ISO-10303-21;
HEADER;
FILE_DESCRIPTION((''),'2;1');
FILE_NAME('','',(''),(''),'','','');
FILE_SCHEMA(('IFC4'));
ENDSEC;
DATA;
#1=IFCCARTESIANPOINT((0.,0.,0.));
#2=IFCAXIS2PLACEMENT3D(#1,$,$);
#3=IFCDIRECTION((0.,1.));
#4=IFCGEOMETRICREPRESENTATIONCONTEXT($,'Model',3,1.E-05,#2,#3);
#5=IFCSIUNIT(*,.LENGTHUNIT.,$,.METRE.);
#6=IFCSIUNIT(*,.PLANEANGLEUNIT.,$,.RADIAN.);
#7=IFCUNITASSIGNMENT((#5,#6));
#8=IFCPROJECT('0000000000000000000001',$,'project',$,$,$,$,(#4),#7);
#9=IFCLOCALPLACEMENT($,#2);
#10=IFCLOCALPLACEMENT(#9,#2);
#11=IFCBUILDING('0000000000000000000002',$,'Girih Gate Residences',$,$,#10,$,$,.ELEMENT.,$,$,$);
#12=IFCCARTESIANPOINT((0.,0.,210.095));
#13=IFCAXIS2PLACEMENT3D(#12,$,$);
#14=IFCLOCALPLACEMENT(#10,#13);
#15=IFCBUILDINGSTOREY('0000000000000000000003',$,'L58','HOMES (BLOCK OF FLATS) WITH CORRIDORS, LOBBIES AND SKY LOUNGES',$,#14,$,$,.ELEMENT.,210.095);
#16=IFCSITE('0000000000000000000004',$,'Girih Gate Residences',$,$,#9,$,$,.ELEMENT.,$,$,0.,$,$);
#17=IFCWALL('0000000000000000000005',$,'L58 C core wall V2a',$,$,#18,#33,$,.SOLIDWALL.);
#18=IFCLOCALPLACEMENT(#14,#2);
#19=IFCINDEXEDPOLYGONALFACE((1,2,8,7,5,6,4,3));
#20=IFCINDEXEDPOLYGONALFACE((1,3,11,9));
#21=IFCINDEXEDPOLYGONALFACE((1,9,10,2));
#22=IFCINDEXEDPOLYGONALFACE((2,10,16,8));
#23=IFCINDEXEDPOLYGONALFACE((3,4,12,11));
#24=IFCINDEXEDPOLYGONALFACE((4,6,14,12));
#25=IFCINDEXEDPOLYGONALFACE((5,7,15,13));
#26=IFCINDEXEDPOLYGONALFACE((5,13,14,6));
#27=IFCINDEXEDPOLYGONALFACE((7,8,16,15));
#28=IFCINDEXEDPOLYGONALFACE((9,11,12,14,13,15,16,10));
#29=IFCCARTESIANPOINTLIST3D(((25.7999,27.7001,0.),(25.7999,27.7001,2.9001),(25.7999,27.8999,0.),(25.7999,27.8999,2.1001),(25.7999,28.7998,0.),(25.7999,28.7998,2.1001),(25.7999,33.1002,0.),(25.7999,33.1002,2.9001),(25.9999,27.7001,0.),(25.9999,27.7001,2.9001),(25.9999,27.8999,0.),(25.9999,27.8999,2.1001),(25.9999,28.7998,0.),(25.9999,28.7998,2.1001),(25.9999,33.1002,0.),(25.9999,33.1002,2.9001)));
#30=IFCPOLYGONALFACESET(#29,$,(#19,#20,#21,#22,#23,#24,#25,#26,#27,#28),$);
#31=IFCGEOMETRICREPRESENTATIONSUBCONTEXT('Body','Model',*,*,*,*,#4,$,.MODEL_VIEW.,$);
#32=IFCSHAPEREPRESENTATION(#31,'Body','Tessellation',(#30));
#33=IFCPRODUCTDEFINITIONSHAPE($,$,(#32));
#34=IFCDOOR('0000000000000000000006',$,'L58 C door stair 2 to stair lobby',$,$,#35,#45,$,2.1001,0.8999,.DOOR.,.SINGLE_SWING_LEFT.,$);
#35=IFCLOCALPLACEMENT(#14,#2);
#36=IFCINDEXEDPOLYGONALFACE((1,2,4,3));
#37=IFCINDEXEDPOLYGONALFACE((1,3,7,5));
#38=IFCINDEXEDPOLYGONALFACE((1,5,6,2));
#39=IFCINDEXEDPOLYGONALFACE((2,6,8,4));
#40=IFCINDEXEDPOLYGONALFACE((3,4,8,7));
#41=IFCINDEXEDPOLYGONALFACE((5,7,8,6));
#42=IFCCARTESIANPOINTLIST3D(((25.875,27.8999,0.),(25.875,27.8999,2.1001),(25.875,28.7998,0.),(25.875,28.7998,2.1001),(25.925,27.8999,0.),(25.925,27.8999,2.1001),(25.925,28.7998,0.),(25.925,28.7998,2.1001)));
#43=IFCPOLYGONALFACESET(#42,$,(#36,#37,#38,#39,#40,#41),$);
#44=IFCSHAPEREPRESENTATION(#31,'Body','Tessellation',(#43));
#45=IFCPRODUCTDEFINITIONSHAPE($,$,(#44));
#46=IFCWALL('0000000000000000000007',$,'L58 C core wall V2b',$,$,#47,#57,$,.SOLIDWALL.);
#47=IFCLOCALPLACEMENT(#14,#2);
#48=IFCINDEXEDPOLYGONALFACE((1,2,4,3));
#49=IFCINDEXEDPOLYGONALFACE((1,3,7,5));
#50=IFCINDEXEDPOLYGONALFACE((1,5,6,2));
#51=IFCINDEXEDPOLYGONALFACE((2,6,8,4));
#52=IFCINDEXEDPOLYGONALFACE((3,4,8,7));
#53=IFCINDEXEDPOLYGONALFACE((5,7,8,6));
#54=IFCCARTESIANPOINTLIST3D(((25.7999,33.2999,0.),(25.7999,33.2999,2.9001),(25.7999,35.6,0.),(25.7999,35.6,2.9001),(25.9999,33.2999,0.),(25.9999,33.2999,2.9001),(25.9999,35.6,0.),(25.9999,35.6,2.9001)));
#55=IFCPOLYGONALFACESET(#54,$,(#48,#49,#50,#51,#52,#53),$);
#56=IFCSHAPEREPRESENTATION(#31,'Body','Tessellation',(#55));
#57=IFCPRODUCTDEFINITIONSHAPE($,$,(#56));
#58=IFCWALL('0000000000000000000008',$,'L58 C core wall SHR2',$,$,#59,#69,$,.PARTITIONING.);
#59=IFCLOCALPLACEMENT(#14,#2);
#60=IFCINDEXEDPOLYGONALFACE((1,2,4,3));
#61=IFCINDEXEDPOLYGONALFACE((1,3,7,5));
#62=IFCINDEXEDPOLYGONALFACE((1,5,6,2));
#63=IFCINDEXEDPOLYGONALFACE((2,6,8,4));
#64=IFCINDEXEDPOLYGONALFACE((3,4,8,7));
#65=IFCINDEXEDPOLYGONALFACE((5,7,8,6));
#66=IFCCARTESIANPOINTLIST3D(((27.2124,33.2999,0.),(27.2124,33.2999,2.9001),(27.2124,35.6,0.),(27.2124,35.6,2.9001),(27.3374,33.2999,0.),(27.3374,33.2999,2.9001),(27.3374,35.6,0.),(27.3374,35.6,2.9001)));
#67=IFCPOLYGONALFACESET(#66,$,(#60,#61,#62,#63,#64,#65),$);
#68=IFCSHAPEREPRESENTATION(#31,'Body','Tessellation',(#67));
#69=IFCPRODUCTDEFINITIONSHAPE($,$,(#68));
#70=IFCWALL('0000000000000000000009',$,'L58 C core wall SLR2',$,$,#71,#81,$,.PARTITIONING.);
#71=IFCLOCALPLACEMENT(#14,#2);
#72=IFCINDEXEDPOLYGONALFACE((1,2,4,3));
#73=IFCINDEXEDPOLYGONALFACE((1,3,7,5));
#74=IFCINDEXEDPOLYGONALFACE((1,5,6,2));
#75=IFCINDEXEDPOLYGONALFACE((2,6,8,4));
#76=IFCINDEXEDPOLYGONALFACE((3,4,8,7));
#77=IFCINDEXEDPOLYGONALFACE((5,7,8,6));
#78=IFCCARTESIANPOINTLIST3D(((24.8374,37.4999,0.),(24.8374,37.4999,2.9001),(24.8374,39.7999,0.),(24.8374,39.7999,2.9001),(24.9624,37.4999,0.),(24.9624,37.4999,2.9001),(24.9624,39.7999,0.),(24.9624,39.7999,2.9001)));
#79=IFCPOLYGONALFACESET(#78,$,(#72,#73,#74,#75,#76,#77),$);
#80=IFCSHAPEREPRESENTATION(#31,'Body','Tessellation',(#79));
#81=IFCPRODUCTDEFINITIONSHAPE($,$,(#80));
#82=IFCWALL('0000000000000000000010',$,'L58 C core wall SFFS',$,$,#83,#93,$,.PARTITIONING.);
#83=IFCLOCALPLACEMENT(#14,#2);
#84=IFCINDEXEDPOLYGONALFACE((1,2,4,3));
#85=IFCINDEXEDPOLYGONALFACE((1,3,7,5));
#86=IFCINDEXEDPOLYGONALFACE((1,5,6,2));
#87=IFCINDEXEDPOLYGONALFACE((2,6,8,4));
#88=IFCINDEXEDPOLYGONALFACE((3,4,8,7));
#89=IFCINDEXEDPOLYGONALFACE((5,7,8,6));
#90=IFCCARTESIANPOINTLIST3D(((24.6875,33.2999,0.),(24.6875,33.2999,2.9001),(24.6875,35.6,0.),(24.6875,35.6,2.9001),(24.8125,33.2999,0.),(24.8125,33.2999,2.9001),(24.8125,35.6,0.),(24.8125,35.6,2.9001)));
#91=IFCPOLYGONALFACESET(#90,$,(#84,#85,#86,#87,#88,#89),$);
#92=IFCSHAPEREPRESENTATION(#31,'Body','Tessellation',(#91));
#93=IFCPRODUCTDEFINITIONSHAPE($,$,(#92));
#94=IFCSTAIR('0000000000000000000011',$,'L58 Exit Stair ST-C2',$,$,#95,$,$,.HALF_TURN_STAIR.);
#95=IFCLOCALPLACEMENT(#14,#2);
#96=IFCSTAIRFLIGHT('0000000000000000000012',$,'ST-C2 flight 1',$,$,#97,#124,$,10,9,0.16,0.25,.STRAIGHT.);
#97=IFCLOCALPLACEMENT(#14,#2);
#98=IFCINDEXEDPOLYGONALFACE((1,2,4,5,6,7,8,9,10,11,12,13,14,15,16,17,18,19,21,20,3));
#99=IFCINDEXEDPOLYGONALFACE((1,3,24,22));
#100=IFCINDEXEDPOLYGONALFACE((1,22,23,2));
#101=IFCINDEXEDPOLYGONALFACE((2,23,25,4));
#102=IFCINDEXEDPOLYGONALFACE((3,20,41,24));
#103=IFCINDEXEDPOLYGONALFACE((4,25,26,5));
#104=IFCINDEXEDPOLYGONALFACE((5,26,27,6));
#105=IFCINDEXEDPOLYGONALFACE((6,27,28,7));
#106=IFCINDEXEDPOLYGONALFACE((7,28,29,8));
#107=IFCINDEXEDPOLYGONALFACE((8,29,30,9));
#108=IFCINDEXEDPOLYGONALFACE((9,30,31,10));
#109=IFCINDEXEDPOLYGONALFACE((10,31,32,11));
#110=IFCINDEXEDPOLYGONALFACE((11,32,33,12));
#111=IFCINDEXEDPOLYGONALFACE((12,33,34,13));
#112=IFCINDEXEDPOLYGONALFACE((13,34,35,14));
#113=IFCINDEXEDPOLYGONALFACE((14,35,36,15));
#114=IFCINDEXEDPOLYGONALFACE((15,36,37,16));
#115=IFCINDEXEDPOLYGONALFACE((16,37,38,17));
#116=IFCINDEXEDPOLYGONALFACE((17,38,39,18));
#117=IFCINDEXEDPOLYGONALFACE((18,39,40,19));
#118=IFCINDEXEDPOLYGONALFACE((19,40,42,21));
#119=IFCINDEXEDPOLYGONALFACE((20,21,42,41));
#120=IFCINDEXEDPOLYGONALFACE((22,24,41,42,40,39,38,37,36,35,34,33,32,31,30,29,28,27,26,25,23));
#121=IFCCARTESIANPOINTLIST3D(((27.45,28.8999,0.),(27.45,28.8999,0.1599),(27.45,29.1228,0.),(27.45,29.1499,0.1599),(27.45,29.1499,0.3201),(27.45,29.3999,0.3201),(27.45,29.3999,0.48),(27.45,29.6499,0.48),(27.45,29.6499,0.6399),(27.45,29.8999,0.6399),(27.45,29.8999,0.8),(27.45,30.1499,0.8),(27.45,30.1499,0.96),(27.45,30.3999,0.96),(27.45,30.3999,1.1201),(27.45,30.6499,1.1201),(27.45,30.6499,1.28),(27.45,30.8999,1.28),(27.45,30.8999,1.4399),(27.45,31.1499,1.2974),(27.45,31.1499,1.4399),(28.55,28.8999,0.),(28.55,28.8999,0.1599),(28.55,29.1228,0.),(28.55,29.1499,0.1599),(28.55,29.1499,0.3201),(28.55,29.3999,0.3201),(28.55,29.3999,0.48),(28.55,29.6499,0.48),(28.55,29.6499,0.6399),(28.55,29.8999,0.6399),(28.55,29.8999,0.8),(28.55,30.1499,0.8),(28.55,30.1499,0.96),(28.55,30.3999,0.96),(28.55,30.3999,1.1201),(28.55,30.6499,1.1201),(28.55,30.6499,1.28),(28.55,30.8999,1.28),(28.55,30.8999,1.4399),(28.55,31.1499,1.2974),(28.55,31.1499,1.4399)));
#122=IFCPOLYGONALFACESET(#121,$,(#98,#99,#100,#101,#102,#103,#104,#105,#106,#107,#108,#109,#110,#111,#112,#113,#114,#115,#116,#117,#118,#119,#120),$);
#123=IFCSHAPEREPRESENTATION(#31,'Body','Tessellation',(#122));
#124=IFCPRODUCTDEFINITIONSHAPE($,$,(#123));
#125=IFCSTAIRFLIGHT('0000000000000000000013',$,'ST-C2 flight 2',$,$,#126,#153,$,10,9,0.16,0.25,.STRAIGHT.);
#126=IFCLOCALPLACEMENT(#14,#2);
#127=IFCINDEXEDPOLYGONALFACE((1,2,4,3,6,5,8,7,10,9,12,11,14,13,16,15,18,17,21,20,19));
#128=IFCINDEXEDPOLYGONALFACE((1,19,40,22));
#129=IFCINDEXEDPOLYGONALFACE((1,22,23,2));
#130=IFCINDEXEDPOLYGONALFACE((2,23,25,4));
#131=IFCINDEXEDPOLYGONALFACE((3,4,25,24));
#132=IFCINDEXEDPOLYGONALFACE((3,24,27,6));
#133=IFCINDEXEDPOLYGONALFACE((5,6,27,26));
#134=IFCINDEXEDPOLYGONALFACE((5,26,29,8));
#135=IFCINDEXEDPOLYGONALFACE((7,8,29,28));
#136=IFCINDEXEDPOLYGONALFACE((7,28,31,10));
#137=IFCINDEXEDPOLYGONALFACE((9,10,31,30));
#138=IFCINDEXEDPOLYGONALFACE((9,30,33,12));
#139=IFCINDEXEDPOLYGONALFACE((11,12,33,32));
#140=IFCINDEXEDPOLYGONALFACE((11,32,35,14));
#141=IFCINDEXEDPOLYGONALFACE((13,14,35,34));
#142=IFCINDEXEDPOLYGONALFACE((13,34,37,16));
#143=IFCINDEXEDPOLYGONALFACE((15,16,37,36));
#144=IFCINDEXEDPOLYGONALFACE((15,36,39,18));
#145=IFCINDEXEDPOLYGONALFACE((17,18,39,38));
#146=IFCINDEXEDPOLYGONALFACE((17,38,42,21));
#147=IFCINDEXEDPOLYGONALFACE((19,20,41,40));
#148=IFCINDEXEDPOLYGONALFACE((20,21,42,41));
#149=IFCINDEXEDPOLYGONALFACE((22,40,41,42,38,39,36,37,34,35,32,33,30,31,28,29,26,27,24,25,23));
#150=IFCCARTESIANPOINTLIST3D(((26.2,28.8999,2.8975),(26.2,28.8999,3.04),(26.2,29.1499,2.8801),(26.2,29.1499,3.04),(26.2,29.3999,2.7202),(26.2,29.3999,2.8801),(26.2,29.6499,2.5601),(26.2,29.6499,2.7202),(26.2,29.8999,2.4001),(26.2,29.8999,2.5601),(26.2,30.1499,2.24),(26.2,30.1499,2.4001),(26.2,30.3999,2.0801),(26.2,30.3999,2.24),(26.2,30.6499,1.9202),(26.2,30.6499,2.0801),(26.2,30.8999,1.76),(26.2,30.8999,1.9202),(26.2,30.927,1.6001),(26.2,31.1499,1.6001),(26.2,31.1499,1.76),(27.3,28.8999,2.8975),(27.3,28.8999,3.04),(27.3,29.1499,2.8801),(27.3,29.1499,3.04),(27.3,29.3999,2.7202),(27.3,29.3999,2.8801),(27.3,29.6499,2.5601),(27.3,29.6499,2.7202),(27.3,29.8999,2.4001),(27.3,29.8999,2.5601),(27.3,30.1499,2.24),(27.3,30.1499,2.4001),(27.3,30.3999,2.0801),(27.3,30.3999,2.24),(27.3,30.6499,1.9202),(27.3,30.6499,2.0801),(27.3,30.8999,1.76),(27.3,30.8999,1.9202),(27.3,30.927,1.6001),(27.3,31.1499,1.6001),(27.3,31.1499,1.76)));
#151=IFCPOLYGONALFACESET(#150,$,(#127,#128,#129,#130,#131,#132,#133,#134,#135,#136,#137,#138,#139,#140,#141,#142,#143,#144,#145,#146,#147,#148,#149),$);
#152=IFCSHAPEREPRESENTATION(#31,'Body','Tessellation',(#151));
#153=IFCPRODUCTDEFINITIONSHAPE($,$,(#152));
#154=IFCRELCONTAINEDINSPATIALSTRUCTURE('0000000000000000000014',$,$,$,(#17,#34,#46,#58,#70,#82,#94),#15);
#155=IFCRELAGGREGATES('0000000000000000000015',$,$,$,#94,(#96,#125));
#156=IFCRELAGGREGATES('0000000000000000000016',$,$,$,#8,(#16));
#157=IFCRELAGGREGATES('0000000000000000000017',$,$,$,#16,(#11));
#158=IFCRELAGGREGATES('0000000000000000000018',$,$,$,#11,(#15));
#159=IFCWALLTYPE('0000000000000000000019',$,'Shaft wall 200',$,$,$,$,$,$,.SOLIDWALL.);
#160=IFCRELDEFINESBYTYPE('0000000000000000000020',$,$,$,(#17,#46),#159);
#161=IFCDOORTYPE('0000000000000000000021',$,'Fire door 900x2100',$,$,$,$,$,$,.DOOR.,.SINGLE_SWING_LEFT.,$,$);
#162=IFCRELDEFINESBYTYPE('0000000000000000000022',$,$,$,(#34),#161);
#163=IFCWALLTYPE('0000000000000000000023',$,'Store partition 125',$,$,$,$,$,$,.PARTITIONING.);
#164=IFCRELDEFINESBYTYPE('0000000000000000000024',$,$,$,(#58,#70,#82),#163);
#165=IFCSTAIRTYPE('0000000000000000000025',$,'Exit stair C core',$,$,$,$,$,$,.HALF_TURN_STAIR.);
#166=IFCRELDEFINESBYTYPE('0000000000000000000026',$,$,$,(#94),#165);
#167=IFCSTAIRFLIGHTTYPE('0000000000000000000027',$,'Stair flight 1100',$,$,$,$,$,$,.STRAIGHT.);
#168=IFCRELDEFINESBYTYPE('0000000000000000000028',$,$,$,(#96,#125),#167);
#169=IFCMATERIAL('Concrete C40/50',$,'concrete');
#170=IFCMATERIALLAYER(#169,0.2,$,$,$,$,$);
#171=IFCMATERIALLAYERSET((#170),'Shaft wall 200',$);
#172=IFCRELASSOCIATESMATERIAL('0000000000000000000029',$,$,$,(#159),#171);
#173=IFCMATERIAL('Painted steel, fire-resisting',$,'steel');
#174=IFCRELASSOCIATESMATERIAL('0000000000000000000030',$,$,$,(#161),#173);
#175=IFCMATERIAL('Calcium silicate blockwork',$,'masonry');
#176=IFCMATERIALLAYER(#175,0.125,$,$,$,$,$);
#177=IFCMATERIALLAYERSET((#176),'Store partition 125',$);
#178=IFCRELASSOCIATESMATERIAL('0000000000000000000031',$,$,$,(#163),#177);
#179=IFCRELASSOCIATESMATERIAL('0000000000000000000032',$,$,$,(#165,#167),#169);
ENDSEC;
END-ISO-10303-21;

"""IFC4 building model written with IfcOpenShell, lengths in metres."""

from ifc_helpers import new_model, si_unit, direction, frame, frame_2d, origin, place, context, subcontext, project, spatial, polyline, rectangle, outline, extrude, material, layer, layer_set, type_object, element, fill, aggregate, save


model = new_model("IFC4")

# Units and contexts
model_context = context("Model", 3, precision=1e-05, world=origin(), true_north=direction((0.0, 1.0)))
body_context = subcontext(model_context, "Body", "Model", "MODEL_VIEW")
ifc_project = project(units=[si_unit("LENGTHUNIT", "METRE"), si_unit("PLANEANGLEUNIT", "RADIAN")], contexts=[model_context])

# Site, building, storey
site_placement = place(None, origin())
site = spatial("IfcSite", under=ifc_project, at=site_placement, Name="Girih Gate Residences", CompositionType="ELEMENT", RefElevation=0.0)
building_placement = place(site_placement, origin())
building = spatial("IfcBuilding", under=site, at=building_placement, Name="Girih Gate Residences", CompositionType="ELEMENT")
storey_placement = place(building_placement, frame((0.0, 0.0, 210.095)))
storey = spatial("IfcBuildingStorey", under=building, at=storey_placement, Name="L58", Description="HOMES (BLOCK OF FLATS) WITH CORRIDORS, LOBBIES AND SKY LOUNGES", CompositionType="ELEMENT", Elevation=210.095)

# Shared definitions
ifc_material_1 = material(Name="Concrete C40/50", Category="concrete")

# Wall, opening, door
ifc_layer_1 = layer(ifc_material_1, 0.2)
ifc_layer_set_1 = layer_set([ifc_layer_1], Name="Shaft wall 200")
wall_type_1 = type_object("IfcWallType", Name="Shaft wall 200", PredefinedType="SOLIDWALL", material=ifc_layer_set_1)
wall_1_placement = place(storey_placement, frame((25.8999, 27.7, 0.0), z_axis=(0.0, 0.0, 1.0), x_axis=(0.0, 1.0, 0.0)))
wall_1 = element("IfcWall", 1, at=wall_1_placement, inside=storey, type_object=wall_type_1, Name="L58 C core wall V2a", PredefinedType="SOLIDWALL", context=body_context, shape_type="SweptSolid", body=[
    extrude(rectangle(XDim=5.4001, YDim=0.2, at=frame_2d((2.7002, 0.0))), origin(), (0.0, 0.0, 1.0), 2.9001),
])
opening_1_placement = place(wall_1_placement, frame((0.2, 0.0, 0.0)))
opening_1 = element("IfcOpeningElement", 2, at=opening_1_placement, cuts=wall_1, PredefinedType="OPENING", context=body_context, shape_type="SweptSolid", body=[
    extrude(rectangle(XDim=0.8999, YDim=2.1001, at=frame_2d((0.45, 1.05))), frame((0.0, 0.1099, 0.0), z_axis=(0.0, -1.0, 0.0), x_axis=(1.0, 0.0, 0.0)), (0.0, 0.0, 1.0), 0.22),
])
ifc_material_2 = material(Name="Painted steel, fire-resisting", Category="steel")
door_type = type_object("IfcDoorType", Name="Fire door 900x2100", OperationType="SINGLE_SWING_LEFT", PredefinedType="DOOR", material=ifc_material_2)
door_placement = place(opening_1_placement, origin())
door = element("IfcDoor", 3, at=door_placement, inside=storey, type_object=door_type, Name="L58 C door stair 2 to stair lobby", OperationType="SINGLE_SWING_LEFT", OverallHeight=2.1001, OverallWidth=0.8999, PredefinedType="DOOR", context=body_context, shape_type="SweptSolid", body=[
    extrude(rectangle(XDim=0.8999, YDim=2.1001, at=frame_2d((0.45, 1.05))), frame((0.0, 0.0249, 0.0), z_axis=(0.0, -1.0, 0.0), x_axis=(1.0, 0.0, 0.0)), (0.0, 0.0, 1.0), 0.05),
])
fill(opening_1, door)

# Walls
wall_2_placement = place(storey_placement, frame((25.8999, 33.3, 0.0), z_axis=(0.0, 0.0, 1.0), x_axis=(0.0, 1.0, 0.0)))
element("IfcWall", 4, at=wall_2_placement, inside=storey, type_object=wall_type_1, Name="L58 C core wall V2b", PredefinedType="SOLIDWALL", context=body_context, shape_type="SweptSolid", body=[
    extrude(rectangle(XDim=2.3, YDim=0.2, at=frame_2d((1.1499, 0.0))), origin(), (0.0, 0.0, 1.0), 2.9001),
])
ifc_material_3 = material(Name="Calcium silicate blockwork", Category="masonry")
ifc_layer_2 = layer(ifc_material_3, 0.125)
ifc_layer_set_2 = layer_set([ifc_layer_2], Name="Store partition 125")
wall_type_2 = type_object("IfcWallType", Name="Store partition 125", PredefinedType="PARTITIONING", material=ifc_layer_set_2)
for number, where, z_axis, x_axis, name in (
    (5, (27.2749, 33.3, 0.0), (0.0, 0.0, 1.0), (0.0, 1.0, 0.0), "L58 C core wall SHR2"),
    (6, (24.8999, 37.5, 0.0), (0.0, 0.0, 1.0), (0.0, 1.0, 0.0), "L58 C core wall SLR2"),
    (7, (24.75, 33.3, 0.0), (0.0, 0.0, 1.0), (0.0, 1.0, 0.0), "L58 C core wall SFFS"),
):
    element("IfcWall", number, at=place(storey_placement, frame(where, z_axis=z_axis, x_axis=x_axis)), inside=storey, type_object=wall_type_2, Name=name, PredefinedType="PARTITIONING", context=body_context, shape_type="SweptSolid", body=[
        extrude(rectangle(XDim=2.3, YDim=0.125, at=frame_2d((1.1499, 0.0))), origin(), (0.0, 0.0, 1.0), 2.9001),
    ])

# Stair, stair flights
stair_type = type_object("IfcStairType", Name="Exit stair C core", PredefinedType="HALF_TURN_STAIR", material=ifc_material_1)
stair_placement = place(storey_placement, origin())
stair = element("IfcStair", 8, at=stair_placement, inside=storey, type_object=stair_type, Name="L58 Exit Stair ST-C2", PredefinedType="HALF_TURN_STAIR")
stair_flight_type = type_object("IfcStairFlightType", Name="Stair flight 1100", PredefinedType="STRAIGHT", material=ifc_material_1)
stair_flight_1_placement = place(storey_placement, frame((28.0, 28.8999, 0.0), z_axis=(0.0, 0.0, 1.0), x_axis=(0.0, 1.0, 0.0)))
stair_flight_1 = element("IfcStairFlight", 9, at=stair_flight_1_placement, type_object=stair_flight_type, Name="ST-C2 flight 1", NumberOfRisers=10, NumberOfTreads=9, PredefinedType="STRAIGHT", RiserHeight=0.16, TreadLength=0.25, context=body_context, shape_type="SweptSolid", body=[
    extrude(outline(polyline([(0.0, 0.0), (0.0, 0.1599), (0.25, 0.1599), (0.25, 0.3201), (0.5, 0.3201), (0.5, 0.48), (0.75, 0.48), (0.75, 0.6399), (1.0, 0.6399), (1.0, 0.8), (1.25, 0.8), (1.25, 0.96), (1.5, 0.96), (1.5, 1.1201), (1.75, 1.1201), (1.75, 1.28), (2.0, 1.28), (2.0, 1.4399), (2.25, 1.4399), (2.25, 1.6001), (2.25, 1.2974), (0.2229, 0.0), (0.0, 0.0)])), frame((0.0, 0.55, 0.0), z_axis=(0.0, -1.0, 0.0), x_axis=(1.0, 0.0, 0.0)), (0.0, 0.0, 1.0), 1.1001),
])
stair_flight_2_placement = place(storey_placement, frame((26.75, 31.1499, 1.6001), z_axis=(0.0, 0.0, 1.0), x_axis=(0.0, -1.0, 0.0)))
stair_flight_2 = element("IfcStairFlight", 10, at=stair_flight_2_placement, type_object=stair_flight_type, Name="ST-C2 flight 2", NumberOfRisers=10, NumberOfTreads=9, PredefinedType="STRAIGHT", RiserHeight=0.16, TreadLength=0.25, context=body_context, shape_type="SweptSolid", body=[
    extrude(outline(polyline([(0.0, 0.0), (0.0, 0.1599), (0.25, 0.1599), (0.25, 0.3201), (0.5, 0.3201), (0.5, 0.48), (0.75, 0.48), (0.75, 0.6399), (1.0, 0.6399), (1.0, 0.8), (1.25, 0.8), (1.25, 0.96), (1.5, 0.96), (1.5, 1.1201), (1.75, 1.1201), (1.75, 1.28), (2.0, 1.28), (2.0, 1.4399), (2.25, 1.4399), (2.25, 1.6001), (2.25, 1.2974), (0.2229, 0.0), (0.0, 0.0)])), frame((0.0, 0.55, 0.0), z_axis=(0.0, -1.0, 0.0), x_axis=(1.0, 0.0, 0.0)), (0.0, 0.0, 1.0), 1.1001),
])
aggregate(stair, [stair_flight_1, stair_flight_2])

save(model, "model.ifc")
